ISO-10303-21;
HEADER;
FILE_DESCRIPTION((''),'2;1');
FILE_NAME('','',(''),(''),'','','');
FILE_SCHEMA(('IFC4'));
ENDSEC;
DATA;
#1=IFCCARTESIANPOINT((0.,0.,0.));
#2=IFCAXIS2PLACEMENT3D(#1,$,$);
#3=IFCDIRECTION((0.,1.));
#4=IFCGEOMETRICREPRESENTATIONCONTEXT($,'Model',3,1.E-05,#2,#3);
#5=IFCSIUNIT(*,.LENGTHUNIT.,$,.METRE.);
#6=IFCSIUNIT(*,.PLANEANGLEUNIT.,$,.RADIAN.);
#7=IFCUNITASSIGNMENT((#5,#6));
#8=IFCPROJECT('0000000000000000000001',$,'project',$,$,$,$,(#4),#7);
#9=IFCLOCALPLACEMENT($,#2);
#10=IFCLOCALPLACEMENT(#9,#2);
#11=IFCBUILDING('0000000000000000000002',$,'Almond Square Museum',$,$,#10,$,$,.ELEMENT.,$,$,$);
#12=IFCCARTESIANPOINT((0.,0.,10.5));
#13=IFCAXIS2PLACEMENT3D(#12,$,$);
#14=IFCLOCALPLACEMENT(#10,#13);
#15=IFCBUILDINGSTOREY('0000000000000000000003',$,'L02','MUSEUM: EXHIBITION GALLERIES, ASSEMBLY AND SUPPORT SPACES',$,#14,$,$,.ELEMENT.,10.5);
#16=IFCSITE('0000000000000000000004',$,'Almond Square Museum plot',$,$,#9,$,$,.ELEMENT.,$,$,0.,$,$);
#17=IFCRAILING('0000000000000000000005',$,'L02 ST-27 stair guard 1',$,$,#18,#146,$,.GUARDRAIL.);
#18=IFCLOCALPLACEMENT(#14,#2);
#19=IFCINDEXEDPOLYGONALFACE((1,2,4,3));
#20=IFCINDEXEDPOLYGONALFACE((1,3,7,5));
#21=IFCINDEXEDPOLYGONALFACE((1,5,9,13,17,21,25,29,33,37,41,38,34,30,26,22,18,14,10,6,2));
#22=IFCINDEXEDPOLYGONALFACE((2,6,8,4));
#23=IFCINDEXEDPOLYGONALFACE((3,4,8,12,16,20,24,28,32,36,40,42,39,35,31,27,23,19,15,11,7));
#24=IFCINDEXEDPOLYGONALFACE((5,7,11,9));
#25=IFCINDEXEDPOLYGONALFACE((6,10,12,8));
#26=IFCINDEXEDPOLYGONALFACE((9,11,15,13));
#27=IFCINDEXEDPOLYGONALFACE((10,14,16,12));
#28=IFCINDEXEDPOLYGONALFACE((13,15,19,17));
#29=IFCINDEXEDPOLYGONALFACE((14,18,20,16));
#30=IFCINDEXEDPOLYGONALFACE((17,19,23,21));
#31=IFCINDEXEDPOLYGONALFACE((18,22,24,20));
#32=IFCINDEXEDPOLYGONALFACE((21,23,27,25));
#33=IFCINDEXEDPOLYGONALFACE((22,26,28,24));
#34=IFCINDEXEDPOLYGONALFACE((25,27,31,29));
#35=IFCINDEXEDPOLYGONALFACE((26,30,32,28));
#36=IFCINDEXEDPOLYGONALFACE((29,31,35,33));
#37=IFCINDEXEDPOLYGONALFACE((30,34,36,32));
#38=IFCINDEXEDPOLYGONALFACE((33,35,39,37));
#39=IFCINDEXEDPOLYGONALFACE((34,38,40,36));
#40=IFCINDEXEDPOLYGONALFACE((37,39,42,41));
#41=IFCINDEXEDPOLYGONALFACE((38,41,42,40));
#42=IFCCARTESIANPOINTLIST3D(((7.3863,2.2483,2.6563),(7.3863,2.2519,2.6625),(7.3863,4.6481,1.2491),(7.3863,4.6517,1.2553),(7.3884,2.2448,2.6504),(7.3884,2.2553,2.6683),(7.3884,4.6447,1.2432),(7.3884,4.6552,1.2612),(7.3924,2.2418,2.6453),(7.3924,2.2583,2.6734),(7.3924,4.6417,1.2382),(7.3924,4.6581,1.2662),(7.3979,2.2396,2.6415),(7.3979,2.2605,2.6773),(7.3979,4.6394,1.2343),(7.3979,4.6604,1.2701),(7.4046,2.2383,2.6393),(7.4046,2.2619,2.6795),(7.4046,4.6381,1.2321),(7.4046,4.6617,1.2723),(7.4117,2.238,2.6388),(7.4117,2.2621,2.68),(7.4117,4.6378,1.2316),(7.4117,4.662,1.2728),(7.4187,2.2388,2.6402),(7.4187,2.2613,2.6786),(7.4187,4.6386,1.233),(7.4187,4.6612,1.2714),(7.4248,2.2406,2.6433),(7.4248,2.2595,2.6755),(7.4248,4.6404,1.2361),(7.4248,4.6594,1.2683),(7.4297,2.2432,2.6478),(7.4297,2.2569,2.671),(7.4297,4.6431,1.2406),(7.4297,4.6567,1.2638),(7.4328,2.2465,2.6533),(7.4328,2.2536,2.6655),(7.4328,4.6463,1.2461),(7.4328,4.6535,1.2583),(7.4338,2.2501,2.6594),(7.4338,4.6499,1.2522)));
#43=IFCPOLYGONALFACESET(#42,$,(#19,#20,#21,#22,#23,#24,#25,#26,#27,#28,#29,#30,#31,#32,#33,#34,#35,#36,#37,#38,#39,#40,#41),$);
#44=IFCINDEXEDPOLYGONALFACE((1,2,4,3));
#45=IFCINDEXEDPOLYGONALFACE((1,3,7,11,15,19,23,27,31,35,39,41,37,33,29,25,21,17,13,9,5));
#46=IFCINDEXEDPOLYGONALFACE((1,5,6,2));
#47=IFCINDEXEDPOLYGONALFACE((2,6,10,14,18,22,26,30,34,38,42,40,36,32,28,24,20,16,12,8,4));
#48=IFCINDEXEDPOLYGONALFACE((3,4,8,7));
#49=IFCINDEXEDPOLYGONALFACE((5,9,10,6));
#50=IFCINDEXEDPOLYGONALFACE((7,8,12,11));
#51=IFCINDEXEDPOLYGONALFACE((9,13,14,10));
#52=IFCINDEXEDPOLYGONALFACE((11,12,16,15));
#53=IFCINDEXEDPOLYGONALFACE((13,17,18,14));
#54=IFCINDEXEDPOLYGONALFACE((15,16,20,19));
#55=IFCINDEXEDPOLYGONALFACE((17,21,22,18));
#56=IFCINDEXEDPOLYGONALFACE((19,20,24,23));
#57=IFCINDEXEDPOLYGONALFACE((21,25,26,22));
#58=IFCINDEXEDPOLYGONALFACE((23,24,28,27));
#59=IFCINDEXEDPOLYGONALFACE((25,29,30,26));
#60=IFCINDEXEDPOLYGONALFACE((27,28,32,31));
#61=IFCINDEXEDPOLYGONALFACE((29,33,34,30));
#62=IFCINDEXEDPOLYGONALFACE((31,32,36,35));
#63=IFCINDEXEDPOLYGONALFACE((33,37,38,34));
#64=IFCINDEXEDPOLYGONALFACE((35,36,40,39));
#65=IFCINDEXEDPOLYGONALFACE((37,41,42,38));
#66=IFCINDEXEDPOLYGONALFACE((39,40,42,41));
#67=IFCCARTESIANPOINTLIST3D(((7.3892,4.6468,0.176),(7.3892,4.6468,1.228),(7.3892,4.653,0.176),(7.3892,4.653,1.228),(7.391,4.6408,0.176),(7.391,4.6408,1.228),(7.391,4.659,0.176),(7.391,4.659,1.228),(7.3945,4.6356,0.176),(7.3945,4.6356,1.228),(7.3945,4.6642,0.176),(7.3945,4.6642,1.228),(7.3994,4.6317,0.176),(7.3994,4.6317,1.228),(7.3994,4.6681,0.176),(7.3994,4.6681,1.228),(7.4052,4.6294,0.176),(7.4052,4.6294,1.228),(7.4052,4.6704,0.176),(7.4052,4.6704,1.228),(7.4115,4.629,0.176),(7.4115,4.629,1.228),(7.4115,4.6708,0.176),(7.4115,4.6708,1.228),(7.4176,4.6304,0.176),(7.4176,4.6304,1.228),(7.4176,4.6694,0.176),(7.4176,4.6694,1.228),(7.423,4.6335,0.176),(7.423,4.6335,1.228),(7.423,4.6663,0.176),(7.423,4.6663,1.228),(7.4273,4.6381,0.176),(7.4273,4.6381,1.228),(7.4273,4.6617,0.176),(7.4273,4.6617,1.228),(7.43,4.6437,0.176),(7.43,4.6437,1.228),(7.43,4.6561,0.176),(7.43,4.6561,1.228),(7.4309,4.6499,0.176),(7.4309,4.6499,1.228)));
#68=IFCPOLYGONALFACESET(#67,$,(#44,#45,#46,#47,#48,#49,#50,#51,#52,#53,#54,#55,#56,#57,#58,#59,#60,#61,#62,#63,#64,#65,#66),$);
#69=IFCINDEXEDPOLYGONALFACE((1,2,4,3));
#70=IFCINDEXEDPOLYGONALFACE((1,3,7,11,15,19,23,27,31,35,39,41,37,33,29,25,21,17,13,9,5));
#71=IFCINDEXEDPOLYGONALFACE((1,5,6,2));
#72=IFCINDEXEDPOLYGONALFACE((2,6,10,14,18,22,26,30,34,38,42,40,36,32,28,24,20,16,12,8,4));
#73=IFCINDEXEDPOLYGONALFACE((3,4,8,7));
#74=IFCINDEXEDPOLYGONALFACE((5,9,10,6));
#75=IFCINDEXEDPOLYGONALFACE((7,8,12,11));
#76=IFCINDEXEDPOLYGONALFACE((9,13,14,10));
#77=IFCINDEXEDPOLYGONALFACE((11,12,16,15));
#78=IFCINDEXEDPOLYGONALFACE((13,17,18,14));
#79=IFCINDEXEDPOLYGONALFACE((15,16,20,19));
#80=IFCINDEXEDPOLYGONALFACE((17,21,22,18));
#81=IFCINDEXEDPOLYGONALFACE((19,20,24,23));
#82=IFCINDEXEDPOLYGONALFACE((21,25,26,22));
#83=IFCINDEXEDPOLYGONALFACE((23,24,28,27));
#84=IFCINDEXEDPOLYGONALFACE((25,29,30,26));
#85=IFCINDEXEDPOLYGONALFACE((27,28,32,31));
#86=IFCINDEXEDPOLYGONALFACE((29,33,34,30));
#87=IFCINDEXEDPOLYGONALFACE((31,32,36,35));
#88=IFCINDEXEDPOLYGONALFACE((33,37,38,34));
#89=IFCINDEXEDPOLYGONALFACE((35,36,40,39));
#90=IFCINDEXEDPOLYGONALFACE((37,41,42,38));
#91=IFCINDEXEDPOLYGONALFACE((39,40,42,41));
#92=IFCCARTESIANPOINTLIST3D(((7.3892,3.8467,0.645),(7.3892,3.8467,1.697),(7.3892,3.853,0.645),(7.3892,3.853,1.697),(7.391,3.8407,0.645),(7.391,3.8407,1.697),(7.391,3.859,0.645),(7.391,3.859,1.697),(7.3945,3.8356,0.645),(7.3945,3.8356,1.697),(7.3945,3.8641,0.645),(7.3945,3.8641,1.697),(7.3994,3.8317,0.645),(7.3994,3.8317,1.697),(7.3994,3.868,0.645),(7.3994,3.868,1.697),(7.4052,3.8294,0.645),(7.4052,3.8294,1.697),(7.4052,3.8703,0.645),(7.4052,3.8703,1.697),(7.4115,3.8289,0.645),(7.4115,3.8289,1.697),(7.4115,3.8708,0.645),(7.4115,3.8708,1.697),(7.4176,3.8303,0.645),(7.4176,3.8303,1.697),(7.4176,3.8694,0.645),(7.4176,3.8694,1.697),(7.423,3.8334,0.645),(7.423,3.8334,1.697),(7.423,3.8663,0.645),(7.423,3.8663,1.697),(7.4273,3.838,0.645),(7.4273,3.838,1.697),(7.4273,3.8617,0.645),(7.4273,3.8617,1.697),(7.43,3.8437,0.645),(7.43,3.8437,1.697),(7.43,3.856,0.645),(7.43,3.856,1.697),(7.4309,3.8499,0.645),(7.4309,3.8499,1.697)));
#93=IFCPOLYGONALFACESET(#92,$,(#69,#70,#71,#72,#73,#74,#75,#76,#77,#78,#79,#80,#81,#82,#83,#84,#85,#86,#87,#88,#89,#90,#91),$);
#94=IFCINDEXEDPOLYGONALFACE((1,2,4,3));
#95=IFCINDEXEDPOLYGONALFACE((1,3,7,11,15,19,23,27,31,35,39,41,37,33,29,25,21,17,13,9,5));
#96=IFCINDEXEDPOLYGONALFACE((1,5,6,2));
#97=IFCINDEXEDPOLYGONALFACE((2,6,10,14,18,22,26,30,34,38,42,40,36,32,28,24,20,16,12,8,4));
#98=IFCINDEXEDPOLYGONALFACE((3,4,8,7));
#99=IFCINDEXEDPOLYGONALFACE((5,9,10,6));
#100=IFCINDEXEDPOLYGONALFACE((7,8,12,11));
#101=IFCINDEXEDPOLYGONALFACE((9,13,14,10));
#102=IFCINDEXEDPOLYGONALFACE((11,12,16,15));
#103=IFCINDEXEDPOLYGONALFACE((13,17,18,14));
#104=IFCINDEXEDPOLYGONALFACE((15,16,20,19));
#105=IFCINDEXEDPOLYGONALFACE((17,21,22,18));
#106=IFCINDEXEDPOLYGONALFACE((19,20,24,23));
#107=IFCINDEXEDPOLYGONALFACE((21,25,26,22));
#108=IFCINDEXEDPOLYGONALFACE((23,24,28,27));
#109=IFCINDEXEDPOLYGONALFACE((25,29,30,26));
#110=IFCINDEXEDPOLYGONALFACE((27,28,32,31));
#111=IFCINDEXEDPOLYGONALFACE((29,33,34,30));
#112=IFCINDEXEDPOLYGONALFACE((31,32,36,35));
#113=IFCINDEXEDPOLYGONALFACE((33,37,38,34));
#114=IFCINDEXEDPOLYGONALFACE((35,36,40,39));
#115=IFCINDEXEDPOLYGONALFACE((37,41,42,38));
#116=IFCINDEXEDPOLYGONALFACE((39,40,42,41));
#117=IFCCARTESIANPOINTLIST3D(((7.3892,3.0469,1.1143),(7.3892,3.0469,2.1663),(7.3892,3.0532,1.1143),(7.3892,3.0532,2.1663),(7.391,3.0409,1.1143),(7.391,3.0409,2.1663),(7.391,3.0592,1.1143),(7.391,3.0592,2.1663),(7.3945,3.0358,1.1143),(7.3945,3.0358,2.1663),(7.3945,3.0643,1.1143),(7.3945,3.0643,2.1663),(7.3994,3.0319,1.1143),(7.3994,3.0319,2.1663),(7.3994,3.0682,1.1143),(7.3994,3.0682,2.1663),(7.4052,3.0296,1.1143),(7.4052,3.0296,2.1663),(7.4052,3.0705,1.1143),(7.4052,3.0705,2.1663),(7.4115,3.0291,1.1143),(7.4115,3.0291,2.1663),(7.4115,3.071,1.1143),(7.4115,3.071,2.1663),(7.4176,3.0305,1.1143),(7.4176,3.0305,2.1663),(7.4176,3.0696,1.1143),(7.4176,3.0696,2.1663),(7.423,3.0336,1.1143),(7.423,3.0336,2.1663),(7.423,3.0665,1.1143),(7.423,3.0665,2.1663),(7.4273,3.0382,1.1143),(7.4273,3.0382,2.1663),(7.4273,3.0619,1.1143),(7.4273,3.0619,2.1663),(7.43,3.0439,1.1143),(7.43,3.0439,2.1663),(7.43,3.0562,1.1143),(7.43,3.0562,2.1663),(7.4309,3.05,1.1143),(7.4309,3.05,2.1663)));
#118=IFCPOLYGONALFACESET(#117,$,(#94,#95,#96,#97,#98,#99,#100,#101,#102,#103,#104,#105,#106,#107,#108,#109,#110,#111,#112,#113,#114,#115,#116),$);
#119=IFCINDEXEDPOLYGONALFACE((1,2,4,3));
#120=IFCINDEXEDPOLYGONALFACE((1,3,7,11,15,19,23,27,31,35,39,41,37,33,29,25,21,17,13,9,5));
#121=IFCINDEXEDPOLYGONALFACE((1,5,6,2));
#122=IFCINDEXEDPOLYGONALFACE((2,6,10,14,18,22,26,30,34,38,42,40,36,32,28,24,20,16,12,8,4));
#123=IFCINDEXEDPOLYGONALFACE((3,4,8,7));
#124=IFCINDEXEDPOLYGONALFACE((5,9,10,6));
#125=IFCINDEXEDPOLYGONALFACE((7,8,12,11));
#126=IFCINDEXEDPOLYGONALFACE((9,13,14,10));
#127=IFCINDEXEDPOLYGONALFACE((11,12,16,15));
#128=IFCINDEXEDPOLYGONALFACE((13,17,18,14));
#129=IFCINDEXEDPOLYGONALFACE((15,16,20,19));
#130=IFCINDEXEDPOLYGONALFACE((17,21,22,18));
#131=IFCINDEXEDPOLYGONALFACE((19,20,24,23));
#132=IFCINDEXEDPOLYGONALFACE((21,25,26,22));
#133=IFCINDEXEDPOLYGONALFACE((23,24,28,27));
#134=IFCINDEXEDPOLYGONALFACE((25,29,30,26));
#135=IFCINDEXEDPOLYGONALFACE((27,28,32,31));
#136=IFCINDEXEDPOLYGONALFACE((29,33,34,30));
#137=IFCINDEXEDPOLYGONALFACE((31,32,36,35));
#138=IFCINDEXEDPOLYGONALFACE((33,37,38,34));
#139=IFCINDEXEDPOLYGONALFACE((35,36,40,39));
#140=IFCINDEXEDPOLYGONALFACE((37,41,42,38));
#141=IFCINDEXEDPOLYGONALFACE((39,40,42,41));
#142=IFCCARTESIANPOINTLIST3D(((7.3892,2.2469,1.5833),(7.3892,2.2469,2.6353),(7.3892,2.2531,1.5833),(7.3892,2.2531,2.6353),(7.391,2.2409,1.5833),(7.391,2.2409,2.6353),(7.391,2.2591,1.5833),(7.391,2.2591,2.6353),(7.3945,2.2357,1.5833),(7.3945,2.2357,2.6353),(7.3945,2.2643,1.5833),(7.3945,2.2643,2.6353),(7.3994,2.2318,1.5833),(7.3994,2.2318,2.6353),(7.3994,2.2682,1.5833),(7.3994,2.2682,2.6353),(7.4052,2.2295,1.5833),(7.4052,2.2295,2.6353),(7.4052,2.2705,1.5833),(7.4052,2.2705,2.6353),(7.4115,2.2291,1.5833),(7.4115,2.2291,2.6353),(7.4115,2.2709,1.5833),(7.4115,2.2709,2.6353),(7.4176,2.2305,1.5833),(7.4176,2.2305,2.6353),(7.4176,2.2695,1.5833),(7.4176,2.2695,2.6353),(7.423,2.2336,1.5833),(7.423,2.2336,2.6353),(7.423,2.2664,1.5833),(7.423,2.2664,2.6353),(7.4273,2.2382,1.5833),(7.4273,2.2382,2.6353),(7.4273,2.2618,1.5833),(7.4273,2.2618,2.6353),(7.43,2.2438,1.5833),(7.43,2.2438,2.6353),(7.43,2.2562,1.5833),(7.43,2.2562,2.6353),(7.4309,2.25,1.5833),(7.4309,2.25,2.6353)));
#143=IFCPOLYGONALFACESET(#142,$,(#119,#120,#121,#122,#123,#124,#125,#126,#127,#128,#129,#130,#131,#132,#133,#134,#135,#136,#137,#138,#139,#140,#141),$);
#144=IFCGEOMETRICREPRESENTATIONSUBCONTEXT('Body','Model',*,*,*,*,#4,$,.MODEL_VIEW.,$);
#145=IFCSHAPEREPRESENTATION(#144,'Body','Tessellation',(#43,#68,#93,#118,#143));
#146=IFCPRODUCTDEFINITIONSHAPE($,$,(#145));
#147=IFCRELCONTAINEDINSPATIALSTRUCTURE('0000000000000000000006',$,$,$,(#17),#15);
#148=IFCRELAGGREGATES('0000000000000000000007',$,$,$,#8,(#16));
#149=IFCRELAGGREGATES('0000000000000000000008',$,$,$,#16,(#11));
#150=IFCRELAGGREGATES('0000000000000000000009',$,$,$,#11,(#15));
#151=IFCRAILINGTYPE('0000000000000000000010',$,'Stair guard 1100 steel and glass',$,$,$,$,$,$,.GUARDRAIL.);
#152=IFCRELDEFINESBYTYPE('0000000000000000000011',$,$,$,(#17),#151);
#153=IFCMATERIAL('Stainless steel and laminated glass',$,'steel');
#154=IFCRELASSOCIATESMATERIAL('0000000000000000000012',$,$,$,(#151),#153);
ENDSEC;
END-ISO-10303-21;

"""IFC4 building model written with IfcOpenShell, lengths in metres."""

from ifc_helpers import new_model, si_unit, direction, frame, origin, origin_2d, place, context, subcontext, project, spatial, circle, extrude, material, type_object, element, save


model = new_model("IFC4")

# Units and contexts
model_context = context("Model", 3, precision=1e-05, world=origin(), true_north=direction((0.0, 1.0)))
body_context = subcontext(model_context, "Body", "Model", "MODEL_VIEW")
ifc_project = project(units=[si_unit("LENGTHUNIT", "METRE"), si_unit("PLANEANGLEUNIT", "RADIAN")], contexts=[model_context])

# Site, building, storey
site_placement = place(None, origin())
site = spatial("IfcSite", under=ifc_project, at=site_placement, Name="Almond Square Museum plot", CompositionType="ELEMENT", RefElevation=0.0)
building_placement = place(site_placement, origin())
building = spatial("IfcBuilding", under=site, at=building_placement, Name="Almond Square Museum", CompositionType="ELEMENT")
storey_placement = place(building_placement, frame((0.0, 0.0, 10.5)))
storey = spatial("IfcBuildingStorey", under=building, at=storey_placement, Name="L02", Description="MUSEUM: EXHIBITION GALLERIES, ASSEMBLY AND SUPPORT SPACES", CompositionType="ELEMENT", Elevation=10.5)

# Railing
ifc_material_1 = material(Name="Stainless steel and laminated glass", Category="steel")
railing_type_1 = type_object("IfcRailingType", Name="Stair guard 1100 steel and glass", PredefinedType="GUARDRAIL", material=ifc_material_1)
railing_1_placement = place(storey_placement, frame((7.4099, 4.6499, 0.176)))
element("IfcRailing", 1, at=railing_1_placement, inside=storey, type_object=railing_type_1, Name="L02 ST-27 stair guard 1", PredefinedType="GUARDRAIL", context=body_context, shape_type="SweptSolid", body=[
    extrude(circle(Radius=0.0239, at=origin_2d()), frame((0.0, 0.0, 1.0762), z_axis=(0.0, -0.862637, 0.505823), x_axis=(1.0, 0.0, 0.0)), (0.0, 0.0, 1.0), 2.782),
    extrude(circle(Radius=0.021, at=origin_2d()), origin(), (0.0, 0.0, 1.0), 1.052),
    extrude(circle(Radius=0.021, at=origin_2d()), frame((0.0, -0.8, 0.469)), (0.0, 0.0, 1.0), 1.052),
    extrude(circle(Radius=0.021, at=origin_2d()), frame((0.0, -1.5999, 0.9382)), (0.0, 0.0, 1.0), 1.052),
    extrude(circle(Radius=0.021, at=origin_2d()), frame((0.0, -2.3999, 1.4072)), (0.0, 0.0, 1.0), 1.052),
])

save(model, "model.ifc")
